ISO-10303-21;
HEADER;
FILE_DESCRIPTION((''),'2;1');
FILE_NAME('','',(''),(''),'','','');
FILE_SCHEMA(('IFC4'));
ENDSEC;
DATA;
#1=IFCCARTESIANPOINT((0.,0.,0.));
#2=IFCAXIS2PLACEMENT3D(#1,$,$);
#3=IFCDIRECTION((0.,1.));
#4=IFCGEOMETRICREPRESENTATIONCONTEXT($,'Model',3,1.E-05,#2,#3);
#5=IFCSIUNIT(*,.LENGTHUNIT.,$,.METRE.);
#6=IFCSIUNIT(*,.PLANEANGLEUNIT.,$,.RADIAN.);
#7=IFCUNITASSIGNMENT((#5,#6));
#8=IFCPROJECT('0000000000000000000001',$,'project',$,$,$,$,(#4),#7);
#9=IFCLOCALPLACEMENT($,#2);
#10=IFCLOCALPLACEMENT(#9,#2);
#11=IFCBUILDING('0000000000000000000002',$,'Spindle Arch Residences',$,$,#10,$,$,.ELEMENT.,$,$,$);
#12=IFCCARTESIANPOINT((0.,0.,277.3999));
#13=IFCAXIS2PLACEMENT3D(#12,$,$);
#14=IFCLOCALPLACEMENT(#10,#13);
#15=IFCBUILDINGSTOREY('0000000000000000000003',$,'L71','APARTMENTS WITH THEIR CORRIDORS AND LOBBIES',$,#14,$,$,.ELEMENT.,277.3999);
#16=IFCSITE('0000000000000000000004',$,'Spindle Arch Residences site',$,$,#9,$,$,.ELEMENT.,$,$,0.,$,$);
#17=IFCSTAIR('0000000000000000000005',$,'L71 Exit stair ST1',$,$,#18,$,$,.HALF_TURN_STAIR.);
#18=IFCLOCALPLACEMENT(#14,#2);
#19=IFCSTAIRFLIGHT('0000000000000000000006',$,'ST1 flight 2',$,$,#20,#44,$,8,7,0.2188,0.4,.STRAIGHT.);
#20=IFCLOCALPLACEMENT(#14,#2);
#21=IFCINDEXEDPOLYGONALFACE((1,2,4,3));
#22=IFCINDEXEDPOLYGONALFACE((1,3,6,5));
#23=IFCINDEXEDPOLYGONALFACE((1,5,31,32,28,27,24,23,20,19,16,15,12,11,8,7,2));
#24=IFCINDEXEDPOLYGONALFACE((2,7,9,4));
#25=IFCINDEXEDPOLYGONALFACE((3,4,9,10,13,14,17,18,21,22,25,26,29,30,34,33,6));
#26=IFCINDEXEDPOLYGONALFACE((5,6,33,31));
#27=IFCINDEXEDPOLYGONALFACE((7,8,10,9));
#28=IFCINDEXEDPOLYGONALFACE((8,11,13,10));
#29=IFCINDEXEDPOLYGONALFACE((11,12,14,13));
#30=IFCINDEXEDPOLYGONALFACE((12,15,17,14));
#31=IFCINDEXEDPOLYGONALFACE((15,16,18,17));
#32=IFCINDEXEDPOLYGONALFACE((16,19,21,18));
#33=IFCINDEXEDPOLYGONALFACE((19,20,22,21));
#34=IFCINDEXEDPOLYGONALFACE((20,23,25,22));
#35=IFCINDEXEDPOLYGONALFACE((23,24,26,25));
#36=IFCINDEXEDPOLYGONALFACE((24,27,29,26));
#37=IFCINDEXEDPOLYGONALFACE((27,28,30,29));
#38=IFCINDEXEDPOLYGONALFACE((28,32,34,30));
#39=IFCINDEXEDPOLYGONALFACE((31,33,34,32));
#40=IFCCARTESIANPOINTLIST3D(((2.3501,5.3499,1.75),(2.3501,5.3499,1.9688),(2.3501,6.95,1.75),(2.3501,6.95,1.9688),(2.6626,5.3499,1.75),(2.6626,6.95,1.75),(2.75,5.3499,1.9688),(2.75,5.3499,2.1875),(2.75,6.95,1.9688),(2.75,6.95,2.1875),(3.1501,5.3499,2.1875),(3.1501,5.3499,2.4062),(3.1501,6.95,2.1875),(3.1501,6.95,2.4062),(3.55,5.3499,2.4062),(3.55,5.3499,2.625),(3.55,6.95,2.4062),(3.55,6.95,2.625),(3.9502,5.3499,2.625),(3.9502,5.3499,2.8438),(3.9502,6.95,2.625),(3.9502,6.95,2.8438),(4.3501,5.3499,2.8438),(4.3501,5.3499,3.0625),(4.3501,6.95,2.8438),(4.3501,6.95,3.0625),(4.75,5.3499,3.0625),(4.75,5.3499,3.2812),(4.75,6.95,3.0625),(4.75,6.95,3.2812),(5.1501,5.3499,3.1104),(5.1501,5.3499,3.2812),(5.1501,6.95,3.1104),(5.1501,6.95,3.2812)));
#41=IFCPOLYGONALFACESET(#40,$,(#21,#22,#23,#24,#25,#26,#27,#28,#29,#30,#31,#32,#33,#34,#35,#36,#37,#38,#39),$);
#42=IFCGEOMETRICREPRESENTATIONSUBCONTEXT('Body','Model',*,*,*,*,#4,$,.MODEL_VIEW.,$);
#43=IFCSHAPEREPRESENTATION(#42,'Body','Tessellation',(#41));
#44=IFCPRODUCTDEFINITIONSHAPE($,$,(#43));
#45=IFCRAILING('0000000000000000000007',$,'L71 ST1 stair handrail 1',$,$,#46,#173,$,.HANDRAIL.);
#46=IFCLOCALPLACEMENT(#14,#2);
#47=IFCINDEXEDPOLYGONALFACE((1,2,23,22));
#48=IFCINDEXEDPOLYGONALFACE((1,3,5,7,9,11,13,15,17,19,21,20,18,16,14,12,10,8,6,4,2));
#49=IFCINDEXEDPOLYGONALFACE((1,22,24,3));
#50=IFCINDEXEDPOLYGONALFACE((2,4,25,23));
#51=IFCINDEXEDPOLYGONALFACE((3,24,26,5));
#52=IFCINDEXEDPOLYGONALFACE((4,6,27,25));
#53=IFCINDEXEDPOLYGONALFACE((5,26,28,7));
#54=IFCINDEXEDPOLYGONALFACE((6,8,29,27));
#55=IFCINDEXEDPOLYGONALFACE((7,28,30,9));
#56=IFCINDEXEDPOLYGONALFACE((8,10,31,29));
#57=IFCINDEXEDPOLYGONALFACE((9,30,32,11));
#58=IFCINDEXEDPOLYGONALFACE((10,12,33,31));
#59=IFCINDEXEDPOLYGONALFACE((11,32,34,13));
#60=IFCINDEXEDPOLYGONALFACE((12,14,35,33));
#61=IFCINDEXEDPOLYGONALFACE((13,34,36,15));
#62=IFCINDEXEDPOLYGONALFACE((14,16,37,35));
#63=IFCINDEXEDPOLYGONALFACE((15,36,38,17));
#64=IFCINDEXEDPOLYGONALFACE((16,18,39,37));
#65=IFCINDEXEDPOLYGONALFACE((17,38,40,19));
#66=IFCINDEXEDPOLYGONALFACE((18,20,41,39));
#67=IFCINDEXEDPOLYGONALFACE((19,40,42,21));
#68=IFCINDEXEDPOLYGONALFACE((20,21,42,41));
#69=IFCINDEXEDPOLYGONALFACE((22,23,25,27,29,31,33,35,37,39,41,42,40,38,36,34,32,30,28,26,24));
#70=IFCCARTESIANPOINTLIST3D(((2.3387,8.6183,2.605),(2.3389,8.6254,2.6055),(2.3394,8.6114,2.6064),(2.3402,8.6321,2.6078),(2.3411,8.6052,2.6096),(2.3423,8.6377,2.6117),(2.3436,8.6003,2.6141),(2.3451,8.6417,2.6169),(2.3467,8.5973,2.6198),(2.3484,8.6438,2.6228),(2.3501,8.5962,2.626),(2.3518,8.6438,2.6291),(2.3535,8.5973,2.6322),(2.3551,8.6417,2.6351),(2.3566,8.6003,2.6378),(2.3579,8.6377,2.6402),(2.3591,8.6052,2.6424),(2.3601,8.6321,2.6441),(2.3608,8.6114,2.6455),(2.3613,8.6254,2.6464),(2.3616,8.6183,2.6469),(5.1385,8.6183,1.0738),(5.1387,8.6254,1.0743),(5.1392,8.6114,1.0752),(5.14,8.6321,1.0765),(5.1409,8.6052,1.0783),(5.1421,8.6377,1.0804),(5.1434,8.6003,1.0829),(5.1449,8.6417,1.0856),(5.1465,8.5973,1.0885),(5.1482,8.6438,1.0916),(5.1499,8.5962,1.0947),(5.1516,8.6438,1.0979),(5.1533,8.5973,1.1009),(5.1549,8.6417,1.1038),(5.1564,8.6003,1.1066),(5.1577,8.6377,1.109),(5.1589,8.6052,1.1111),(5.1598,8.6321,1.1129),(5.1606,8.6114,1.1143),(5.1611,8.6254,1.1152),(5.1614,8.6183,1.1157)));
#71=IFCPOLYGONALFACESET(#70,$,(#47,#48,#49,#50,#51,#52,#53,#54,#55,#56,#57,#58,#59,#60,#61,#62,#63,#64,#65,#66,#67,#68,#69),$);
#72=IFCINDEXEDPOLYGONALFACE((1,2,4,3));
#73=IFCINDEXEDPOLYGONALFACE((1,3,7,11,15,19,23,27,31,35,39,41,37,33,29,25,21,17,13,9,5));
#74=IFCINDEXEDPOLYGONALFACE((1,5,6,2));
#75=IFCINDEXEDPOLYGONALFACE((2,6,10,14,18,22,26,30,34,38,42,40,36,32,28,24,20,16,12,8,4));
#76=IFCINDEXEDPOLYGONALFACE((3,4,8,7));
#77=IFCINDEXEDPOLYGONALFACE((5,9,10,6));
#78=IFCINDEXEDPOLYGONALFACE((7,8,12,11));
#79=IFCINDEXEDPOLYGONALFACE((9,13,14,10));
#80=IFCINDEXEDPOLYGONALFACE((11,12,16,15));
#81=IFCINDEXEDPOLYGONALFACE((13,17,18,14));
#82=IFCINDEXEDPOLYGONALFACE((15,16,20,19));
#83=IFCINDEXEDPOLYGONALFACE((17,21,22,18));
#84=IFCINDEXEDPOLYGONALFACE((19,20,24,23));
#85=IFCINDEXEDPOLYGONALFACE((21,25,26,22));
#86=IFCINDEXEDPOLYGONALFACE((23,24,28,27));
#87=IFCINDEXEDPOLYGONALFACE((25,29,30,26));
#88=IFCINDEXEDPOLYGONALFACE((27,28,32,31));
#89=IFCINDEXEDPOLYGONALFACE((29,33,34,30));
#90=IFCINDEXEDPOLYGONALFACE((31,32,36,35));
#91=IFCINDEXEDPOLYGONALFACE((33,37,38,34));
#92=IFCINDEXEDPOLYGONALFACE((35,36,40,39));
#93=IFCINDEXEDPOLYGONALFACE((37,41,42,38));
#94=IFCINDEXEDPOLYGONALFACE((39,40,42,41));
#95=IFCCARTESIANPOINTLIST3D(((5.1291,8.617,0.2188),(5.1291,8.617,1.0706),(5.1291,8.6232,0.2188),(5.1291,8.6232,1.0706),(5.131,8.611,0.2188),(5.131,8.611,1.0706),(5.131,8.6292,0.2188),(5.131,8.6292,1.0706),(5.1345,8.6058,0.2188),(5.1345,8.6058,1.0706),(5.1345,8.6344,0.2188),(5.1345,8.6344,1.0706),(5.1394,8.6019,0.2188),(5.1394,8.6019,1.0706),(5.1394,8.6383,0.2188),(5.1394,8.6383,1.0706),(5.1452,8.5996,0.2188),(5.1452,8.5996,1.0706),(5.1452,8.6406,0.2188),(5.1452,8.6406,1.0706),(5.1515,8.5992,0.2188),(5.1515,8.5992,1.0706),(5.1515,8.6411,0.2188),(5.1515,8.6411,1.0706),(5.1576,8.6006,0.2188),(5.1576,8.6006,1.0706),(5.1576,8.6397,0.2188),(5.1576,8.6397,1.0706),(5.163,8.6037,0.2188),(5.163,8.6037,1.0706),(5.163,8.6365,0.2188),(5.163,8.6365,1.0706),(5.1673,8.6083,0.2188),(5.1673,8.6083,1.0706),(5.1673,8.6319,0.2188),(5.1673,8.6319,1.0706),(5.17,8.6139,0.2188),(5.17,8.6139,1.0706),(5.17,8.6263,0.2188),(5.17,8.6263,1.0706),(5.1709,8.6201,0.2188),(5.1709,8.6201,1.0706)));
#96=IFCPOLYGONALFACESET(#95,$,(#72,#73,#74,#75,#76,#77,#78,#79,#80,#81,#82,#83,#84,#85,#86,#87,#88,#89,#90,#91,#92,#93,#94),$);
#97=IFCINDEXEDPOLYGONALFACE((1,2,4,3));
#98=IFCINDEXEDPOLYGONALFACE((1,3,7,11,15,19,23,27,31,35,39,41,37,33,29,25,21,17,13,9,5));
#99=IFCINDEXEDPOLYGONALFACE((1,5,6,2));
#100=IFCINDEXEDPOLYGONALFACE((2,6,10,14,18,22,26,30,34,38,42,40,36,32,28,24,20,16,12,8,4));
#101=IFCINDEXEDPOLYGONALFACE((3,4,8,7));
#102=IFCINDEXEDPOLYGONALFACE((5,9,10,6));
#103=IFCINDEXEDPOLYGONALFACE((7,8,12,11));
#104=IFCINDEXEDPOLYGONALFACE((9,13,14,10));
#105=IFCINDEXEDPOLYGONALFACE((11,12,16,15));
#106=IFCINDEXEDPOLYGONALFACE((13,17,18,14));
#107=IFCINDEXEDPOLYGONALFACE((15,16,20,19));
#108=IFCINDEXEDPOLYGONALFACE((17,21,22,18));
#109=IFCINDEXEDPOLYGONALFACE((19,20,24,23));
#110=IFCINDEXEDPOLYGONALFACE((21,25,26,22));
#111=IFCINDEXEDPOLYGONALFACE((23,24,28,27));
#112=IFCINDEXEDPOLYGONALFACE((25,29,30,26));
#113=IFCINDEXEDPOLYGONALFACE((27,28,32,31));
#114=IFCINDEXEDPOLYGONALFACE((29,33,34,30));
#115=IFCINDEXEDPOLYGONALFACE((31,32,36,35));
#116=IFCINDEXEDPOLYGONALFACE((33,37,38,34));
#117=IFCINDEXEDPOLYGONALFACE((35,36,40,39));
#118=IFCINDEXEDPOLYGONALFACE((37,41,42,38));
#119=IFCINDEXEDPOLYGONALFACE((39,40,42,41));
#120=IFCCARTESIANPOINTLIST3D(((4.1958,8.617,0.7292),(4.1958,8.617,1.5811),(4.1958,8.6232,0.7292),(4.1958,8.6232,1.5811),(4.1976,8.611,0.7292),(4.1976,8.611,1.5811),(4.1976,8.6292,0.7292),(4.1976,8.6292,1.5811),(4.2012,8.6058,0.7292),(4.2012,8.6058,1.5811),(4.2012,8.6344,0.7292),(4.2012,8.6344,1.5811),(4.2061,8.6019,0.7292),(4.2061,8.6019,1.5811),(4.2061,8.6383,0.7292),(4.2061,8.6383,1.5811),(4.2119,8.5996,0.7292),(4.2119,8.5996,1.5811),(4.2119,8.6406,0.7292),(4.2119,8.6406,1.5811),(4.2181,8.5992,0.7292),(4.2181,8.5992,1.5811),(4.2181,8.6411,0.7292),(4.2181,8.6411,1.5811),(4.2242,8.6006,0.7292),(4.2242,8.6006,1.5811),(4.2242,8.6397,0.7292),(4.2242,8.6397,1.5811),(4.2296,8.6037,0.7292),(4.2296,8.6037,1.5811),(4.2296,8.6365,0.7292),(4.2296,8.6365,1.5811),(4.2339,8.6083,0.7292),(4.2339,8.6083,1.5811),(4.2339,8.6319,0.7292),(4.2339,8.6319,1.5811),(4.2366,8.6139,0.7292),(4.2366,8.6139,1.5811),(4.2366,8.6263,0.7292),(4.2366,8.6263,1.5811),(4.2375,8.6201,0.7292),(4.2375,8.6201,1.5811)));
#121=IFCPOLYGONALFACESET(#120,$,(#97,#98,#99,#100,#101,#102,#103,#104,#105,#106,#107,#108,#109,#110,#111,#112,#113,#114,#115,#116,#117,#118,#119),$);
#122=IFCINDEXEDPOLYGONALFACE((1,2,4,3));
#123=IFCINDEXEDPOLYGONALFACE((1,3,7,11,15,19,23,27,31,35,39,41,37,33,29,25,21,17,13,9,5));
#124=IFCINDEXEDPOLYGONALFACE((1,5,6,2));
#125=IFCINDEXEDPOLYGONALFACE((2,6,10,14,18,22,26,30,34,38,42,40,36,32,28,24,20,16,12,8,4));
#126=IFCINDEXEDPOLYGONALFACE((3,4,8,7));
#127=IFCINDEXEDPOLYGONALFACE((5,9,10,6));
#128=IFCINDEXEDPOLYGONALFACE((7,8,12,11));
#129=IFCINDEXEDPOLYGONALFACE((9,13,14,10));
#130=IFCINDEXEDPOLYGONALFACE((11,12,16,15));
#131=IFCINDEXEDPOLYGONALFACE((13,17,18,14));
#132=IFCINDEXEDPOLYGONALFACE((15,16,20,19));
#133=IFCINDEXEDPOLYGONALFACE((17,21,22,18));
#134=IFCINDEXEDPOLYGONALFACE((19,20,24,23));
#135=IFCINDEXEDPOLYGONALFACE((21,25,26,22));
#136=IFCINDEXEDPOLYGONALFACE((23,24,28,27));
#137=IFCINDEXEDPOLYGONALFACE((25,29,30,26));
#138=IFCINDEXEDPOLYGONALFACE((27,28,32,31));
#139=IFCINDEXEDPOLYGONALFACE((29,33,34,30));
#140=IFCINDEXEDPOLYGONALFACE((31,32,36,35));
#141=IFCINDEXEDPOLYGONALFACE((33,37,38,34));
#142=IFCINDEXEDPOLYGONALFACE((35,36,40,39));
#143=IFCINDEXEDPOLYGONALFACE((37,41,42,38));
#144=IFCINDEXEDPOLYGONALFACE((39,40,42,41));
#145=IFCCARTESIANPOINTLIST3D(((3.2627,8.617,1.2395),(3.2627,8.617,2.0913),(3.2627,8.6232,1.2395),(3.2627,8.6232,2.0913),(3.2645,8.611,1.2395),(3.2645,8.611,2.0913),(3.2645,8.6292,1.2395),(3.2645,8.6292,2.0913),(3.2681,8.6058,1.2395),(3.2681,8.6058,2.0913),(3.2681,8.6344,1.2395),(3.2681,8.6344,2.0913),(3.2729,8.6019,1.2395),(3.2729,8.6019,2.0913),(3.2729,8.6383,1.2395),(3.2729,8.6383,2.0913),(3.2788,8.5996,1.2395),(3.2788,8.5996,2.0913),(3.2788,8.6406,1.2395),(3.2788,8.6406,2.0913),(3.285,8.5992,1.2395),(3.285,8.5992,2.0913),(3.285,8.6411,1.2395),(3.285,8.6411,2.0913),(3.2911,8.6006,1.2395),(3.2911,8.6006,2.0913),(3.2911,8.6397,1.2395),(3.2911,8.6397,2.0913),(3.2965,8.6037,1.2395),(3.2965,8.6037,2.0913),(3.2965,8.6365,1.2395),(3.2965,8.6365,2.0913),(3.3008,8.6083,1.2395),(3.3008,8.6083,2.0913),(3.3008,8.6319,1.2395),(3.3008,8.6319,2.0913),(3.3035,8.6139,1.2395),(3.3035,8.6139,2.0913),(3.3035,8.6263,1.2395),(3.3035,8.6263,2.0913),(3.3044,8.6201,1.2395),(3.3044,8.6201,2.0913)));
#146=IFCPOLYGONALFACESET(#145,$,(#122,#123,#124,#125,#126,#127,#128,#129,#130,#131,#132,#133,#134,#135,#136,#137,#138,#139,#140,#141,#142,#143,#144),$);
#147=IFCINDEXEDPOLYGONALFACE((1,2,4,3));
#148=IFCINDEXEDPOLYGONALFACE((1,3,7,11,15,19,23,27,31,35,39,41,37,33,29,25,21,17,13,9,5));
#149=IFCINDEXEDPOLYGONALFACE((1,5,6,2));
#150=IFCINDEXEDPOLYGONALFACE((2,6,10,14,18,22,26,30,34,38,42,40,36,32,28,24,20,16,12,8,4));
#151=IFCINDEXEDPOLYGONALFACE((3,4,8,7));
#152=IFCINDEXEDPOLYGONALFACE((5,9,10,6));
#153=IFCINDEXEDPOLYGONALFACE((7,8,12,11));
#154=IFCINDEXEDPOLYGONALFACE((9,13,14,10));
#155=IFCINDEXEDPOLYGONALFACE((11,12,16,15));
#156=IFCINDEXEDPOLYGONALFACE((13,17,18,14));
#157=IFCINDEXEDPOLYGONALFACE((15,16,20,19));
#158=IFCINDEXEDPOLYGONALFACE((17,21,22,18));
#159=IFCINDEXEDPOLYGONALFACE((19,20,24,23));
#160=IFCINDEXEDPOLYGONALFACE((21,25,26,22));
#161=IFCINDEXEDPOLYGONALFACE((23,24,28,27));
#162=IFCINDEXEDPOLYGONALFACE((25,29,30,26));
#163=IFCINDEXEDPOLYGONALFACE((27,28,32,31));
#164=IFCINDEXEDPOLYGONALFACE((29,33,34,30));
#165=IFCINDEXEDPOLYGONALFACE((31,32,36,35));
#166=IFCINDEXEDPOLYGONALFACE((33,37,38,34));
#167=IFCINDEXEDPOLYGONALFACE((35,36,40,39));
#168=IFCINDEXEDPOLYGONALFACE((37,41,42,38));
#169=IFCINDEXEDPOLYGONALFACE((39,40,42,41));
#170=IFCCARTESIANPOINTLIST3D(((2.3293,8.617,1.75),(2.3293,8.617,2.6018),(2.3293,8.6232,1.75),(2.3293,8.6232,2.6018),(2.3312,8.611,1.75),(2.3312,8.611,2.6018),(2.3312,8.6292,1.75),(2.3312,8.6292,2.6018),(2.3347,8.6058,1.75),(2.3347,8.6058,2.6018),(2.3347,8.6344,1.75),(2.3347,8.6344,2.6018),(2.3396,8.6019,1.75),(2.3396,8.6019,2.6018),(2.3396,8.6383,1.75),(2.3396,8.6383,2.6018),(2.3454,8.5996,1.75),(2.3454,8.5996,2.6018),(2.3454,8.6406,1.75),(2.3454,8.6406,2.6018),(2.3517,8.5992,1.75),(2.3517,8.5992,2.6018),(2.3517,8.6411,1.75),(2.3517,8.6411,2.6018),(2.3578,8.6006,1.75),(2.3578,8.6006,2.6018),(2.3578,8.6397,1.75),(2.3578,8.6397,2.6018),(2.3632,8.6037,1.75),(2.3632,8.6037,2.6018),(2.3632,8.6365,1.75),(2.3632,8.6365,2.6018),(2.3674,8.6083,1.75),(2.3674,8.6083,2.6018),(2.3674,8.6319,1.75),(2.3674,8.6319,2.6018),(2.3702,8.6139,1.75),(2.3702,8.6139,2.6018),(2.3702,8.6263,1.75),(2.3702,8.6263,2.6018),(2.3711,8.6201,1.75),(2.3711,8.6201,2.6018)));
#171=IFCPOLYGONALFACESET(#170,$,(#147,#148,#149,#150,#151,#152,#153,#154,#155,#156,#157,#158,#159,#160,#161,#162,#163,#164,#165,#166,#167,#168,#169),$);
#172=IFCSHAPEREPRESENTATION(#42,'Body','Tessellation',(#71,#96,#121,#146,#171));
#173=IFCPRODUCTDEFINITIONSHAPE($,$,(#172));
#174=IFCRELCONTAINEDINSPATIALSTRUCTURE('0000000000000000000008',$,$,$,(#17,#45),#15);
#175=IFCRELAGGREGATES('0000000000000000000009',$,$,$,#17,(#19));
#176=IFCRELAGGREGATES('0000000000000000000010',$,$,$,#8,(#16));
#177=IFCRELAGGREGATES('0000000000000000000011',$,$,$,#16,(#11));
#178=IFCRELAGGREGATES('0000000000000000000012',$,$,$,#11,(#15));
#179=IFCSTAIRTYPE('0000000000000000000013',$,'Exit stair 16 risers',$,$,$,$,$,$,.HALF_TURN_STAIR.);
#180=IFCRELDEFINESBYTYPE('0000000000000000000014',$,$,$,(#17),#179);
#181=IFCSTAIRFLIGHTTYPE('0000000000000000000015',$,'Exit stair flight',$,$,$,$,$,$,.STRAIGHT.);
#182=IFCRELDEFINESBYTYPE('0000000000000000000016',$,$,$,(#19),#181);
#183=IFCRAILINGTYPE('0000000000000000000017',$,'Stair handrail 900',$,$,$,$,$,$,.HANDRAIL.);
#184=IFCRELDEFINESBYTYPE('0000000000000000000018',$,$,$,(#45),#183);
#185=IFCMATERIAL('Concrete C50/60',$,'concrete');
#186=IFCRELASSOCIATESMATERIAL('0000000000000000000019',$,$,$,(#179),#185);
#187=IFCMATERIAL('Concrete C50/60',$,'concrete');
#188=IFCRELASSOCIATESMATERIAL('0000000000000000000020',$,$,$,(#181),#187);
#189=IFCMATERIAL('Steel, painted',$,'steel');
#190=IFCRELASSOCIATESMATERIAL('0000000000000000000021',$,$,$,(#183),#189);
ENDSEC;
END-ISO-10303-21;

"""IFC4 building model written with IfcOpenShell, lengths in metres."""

from ifc_helpers import new_model, si_unit, direction, frame, origin, origin_2d, place, context, subcontext, project, spatial, polyline, circle, outline, extrude, material, type_object, element, aggregate, save


model = new_model("IFC4")

# Units and contexts
model_context = context("Model", 3, precision=1e-05, world=origin(), true_north=direction((0.0, 1.0)))
body_context = subcontext(model_context, "Body", "Model", "MODEL_VIEW")
ifc_project = project(units=[si_unit("LENGTHUNIT", "METRE"), si_unit("PLANEANGLEUNIT", "RADIAN")], contexts=[model_context])

# Site, building, storey
site_placement = place(None, origin())
site = spatial("IfcSite", under=ifc_project, at=site_placement, Name="Spindle Arch Residences site", CompositionType="ELEMENT", RefElevation=0.0)
building_placement = place(site_placement, origin())
building = spatial("IfcBuilding", under=site, at=building_placement, Name="Spindle Arch Residences", CompositionType="ELEMENT")
storey_placement = place(building_placement, frame((0.0, 0.0, 277.3999)))
storey = spatial("IfcBuildingStorey", under=building, at=storey_placement, Name="L71", Description="APARTMENTS WITH THEIR CORRIDORS AND LOBBIES", CompositionType="ELEMENT", Elevation=277.3999)

# Stair, stair flight
ifc_material_1 = material(Name="Concrete C50/60", Category="concrete")
stair_type = type_object("IfcStairType", Name="Exit stair 16 risers", PredefinedType="HALF_TURN_STAIR", material=ifc_material_1)
stair_placement = place(storey_placement, origin())
stair = element("IfcStair", 1, at=stair_placement, inside=storey, type_object=stair_type, Name="L71 Exit stair ST1", PredefinedType="HALF_TURN_STAIR")
ifc_material_2 = material(Name="Concrete C50/60", Category="concrete")
stair_flight_type = type_object("IfcStairFlightType", Name="Exit stair flight", PredefinedType="STRAIGHT", material=ifc_material_2)
stair_flight_1_placement = place(storey_placement, frame((2.3501, 6.1499, 1.75), z_axis=(0.0, 0.0, 1.0), x_axis=(1.0, 0.0, 0.0)))
stair_flight_1 = element("IfcStairFlight", 2, at=stair_flight_1_placement, type_object=stair_flight_type, Name="ST1 flight 2", NumberOfRisers=8, NumberOfTreads=7, PredefinedType="STRAIGHT", RiserHeight=0.2188, TreadLength=0.4, context=body_context, shape_type="SweptSolid", body=[
    extrude(outline(polyline([(0.0, 0.0), (0.0, 0.2188), (0.3999, 0.2188), (0.3999, 0.4375), (0.8, 0.4375), (0.8, 0.6562), (1.2, 0.6562), (1.2, 0.875), (1.6001, 0.875), (1.6001, 1.0938), (2.0, 1.0938), (2.0, 1.3125), (2.3999, 1.3125), (2.3999, 1.5312), (2.8, 1.5312), (2.8, 1.75), (2.8, 1.3604), (0.3125, 0.0), (0.0, 0.0)])), frame((0.0, 0.8, 0.0), z_axis=(0.0, -1.0, 0.0), x_axis=(1.0, 0.0, 0.0)), (0.0, 0.0, 1.0), 1.6001),
])
aggregate(stair, [stair_flight_1])

# Railing
ifc_material_3 = material(Name="Steel, painted", Category="steel")
railing_type_1 = type_object("IfcRailingType", Name="Stair handrail 900", PredefinedType="HANDRAIL", material=ifc_material_3)
railing_1_placement = place(storey_placement, frame((5.1499, 8.6201, 0.2188)))
element("IfcRailing", 3, at=railing_1_placement, inside=storey, type_object=railing_type_1, Name="L71 ST1 stair handrail 1", PredefinedType="HANDRAIL", context=body_context, shape_type="SweptSolid", body=[
    extrude(circle(Radius=0.0239, at=origin_2d()), frame((0.0, 0.0, 0.876), z_axis=(-0.877357, 0.0, 0.479838), x_axis=(0.0, -1.0, 0.0)), (0.0, 0.0, 1.0), 3.1912),
    extrude(circle(Radius=0.021, at=origin_2d()), origin(), (0.0, 0.0, 1.0), 0.8518),
    extrude(circle(Radius=0.021, at=origin_2d()), frame((-0.9333, 0.0, 0.5105)), (0.0, 0.0, 1.0), 0.8518),
    extrude(circle(Radius=0.021, at=origin_2d()), frame((-1.8665, 0.0, 1.0208)), (0.0, 0.0, 1.0), 0.8518),
    extrude(circle(Radius=0.021, at=origin_2d()), frame((-2.7998, 0.0, 1.5312)), (0.0, 0.0, 1.0), 0.8518),
])

save(model, "model.ifc")
